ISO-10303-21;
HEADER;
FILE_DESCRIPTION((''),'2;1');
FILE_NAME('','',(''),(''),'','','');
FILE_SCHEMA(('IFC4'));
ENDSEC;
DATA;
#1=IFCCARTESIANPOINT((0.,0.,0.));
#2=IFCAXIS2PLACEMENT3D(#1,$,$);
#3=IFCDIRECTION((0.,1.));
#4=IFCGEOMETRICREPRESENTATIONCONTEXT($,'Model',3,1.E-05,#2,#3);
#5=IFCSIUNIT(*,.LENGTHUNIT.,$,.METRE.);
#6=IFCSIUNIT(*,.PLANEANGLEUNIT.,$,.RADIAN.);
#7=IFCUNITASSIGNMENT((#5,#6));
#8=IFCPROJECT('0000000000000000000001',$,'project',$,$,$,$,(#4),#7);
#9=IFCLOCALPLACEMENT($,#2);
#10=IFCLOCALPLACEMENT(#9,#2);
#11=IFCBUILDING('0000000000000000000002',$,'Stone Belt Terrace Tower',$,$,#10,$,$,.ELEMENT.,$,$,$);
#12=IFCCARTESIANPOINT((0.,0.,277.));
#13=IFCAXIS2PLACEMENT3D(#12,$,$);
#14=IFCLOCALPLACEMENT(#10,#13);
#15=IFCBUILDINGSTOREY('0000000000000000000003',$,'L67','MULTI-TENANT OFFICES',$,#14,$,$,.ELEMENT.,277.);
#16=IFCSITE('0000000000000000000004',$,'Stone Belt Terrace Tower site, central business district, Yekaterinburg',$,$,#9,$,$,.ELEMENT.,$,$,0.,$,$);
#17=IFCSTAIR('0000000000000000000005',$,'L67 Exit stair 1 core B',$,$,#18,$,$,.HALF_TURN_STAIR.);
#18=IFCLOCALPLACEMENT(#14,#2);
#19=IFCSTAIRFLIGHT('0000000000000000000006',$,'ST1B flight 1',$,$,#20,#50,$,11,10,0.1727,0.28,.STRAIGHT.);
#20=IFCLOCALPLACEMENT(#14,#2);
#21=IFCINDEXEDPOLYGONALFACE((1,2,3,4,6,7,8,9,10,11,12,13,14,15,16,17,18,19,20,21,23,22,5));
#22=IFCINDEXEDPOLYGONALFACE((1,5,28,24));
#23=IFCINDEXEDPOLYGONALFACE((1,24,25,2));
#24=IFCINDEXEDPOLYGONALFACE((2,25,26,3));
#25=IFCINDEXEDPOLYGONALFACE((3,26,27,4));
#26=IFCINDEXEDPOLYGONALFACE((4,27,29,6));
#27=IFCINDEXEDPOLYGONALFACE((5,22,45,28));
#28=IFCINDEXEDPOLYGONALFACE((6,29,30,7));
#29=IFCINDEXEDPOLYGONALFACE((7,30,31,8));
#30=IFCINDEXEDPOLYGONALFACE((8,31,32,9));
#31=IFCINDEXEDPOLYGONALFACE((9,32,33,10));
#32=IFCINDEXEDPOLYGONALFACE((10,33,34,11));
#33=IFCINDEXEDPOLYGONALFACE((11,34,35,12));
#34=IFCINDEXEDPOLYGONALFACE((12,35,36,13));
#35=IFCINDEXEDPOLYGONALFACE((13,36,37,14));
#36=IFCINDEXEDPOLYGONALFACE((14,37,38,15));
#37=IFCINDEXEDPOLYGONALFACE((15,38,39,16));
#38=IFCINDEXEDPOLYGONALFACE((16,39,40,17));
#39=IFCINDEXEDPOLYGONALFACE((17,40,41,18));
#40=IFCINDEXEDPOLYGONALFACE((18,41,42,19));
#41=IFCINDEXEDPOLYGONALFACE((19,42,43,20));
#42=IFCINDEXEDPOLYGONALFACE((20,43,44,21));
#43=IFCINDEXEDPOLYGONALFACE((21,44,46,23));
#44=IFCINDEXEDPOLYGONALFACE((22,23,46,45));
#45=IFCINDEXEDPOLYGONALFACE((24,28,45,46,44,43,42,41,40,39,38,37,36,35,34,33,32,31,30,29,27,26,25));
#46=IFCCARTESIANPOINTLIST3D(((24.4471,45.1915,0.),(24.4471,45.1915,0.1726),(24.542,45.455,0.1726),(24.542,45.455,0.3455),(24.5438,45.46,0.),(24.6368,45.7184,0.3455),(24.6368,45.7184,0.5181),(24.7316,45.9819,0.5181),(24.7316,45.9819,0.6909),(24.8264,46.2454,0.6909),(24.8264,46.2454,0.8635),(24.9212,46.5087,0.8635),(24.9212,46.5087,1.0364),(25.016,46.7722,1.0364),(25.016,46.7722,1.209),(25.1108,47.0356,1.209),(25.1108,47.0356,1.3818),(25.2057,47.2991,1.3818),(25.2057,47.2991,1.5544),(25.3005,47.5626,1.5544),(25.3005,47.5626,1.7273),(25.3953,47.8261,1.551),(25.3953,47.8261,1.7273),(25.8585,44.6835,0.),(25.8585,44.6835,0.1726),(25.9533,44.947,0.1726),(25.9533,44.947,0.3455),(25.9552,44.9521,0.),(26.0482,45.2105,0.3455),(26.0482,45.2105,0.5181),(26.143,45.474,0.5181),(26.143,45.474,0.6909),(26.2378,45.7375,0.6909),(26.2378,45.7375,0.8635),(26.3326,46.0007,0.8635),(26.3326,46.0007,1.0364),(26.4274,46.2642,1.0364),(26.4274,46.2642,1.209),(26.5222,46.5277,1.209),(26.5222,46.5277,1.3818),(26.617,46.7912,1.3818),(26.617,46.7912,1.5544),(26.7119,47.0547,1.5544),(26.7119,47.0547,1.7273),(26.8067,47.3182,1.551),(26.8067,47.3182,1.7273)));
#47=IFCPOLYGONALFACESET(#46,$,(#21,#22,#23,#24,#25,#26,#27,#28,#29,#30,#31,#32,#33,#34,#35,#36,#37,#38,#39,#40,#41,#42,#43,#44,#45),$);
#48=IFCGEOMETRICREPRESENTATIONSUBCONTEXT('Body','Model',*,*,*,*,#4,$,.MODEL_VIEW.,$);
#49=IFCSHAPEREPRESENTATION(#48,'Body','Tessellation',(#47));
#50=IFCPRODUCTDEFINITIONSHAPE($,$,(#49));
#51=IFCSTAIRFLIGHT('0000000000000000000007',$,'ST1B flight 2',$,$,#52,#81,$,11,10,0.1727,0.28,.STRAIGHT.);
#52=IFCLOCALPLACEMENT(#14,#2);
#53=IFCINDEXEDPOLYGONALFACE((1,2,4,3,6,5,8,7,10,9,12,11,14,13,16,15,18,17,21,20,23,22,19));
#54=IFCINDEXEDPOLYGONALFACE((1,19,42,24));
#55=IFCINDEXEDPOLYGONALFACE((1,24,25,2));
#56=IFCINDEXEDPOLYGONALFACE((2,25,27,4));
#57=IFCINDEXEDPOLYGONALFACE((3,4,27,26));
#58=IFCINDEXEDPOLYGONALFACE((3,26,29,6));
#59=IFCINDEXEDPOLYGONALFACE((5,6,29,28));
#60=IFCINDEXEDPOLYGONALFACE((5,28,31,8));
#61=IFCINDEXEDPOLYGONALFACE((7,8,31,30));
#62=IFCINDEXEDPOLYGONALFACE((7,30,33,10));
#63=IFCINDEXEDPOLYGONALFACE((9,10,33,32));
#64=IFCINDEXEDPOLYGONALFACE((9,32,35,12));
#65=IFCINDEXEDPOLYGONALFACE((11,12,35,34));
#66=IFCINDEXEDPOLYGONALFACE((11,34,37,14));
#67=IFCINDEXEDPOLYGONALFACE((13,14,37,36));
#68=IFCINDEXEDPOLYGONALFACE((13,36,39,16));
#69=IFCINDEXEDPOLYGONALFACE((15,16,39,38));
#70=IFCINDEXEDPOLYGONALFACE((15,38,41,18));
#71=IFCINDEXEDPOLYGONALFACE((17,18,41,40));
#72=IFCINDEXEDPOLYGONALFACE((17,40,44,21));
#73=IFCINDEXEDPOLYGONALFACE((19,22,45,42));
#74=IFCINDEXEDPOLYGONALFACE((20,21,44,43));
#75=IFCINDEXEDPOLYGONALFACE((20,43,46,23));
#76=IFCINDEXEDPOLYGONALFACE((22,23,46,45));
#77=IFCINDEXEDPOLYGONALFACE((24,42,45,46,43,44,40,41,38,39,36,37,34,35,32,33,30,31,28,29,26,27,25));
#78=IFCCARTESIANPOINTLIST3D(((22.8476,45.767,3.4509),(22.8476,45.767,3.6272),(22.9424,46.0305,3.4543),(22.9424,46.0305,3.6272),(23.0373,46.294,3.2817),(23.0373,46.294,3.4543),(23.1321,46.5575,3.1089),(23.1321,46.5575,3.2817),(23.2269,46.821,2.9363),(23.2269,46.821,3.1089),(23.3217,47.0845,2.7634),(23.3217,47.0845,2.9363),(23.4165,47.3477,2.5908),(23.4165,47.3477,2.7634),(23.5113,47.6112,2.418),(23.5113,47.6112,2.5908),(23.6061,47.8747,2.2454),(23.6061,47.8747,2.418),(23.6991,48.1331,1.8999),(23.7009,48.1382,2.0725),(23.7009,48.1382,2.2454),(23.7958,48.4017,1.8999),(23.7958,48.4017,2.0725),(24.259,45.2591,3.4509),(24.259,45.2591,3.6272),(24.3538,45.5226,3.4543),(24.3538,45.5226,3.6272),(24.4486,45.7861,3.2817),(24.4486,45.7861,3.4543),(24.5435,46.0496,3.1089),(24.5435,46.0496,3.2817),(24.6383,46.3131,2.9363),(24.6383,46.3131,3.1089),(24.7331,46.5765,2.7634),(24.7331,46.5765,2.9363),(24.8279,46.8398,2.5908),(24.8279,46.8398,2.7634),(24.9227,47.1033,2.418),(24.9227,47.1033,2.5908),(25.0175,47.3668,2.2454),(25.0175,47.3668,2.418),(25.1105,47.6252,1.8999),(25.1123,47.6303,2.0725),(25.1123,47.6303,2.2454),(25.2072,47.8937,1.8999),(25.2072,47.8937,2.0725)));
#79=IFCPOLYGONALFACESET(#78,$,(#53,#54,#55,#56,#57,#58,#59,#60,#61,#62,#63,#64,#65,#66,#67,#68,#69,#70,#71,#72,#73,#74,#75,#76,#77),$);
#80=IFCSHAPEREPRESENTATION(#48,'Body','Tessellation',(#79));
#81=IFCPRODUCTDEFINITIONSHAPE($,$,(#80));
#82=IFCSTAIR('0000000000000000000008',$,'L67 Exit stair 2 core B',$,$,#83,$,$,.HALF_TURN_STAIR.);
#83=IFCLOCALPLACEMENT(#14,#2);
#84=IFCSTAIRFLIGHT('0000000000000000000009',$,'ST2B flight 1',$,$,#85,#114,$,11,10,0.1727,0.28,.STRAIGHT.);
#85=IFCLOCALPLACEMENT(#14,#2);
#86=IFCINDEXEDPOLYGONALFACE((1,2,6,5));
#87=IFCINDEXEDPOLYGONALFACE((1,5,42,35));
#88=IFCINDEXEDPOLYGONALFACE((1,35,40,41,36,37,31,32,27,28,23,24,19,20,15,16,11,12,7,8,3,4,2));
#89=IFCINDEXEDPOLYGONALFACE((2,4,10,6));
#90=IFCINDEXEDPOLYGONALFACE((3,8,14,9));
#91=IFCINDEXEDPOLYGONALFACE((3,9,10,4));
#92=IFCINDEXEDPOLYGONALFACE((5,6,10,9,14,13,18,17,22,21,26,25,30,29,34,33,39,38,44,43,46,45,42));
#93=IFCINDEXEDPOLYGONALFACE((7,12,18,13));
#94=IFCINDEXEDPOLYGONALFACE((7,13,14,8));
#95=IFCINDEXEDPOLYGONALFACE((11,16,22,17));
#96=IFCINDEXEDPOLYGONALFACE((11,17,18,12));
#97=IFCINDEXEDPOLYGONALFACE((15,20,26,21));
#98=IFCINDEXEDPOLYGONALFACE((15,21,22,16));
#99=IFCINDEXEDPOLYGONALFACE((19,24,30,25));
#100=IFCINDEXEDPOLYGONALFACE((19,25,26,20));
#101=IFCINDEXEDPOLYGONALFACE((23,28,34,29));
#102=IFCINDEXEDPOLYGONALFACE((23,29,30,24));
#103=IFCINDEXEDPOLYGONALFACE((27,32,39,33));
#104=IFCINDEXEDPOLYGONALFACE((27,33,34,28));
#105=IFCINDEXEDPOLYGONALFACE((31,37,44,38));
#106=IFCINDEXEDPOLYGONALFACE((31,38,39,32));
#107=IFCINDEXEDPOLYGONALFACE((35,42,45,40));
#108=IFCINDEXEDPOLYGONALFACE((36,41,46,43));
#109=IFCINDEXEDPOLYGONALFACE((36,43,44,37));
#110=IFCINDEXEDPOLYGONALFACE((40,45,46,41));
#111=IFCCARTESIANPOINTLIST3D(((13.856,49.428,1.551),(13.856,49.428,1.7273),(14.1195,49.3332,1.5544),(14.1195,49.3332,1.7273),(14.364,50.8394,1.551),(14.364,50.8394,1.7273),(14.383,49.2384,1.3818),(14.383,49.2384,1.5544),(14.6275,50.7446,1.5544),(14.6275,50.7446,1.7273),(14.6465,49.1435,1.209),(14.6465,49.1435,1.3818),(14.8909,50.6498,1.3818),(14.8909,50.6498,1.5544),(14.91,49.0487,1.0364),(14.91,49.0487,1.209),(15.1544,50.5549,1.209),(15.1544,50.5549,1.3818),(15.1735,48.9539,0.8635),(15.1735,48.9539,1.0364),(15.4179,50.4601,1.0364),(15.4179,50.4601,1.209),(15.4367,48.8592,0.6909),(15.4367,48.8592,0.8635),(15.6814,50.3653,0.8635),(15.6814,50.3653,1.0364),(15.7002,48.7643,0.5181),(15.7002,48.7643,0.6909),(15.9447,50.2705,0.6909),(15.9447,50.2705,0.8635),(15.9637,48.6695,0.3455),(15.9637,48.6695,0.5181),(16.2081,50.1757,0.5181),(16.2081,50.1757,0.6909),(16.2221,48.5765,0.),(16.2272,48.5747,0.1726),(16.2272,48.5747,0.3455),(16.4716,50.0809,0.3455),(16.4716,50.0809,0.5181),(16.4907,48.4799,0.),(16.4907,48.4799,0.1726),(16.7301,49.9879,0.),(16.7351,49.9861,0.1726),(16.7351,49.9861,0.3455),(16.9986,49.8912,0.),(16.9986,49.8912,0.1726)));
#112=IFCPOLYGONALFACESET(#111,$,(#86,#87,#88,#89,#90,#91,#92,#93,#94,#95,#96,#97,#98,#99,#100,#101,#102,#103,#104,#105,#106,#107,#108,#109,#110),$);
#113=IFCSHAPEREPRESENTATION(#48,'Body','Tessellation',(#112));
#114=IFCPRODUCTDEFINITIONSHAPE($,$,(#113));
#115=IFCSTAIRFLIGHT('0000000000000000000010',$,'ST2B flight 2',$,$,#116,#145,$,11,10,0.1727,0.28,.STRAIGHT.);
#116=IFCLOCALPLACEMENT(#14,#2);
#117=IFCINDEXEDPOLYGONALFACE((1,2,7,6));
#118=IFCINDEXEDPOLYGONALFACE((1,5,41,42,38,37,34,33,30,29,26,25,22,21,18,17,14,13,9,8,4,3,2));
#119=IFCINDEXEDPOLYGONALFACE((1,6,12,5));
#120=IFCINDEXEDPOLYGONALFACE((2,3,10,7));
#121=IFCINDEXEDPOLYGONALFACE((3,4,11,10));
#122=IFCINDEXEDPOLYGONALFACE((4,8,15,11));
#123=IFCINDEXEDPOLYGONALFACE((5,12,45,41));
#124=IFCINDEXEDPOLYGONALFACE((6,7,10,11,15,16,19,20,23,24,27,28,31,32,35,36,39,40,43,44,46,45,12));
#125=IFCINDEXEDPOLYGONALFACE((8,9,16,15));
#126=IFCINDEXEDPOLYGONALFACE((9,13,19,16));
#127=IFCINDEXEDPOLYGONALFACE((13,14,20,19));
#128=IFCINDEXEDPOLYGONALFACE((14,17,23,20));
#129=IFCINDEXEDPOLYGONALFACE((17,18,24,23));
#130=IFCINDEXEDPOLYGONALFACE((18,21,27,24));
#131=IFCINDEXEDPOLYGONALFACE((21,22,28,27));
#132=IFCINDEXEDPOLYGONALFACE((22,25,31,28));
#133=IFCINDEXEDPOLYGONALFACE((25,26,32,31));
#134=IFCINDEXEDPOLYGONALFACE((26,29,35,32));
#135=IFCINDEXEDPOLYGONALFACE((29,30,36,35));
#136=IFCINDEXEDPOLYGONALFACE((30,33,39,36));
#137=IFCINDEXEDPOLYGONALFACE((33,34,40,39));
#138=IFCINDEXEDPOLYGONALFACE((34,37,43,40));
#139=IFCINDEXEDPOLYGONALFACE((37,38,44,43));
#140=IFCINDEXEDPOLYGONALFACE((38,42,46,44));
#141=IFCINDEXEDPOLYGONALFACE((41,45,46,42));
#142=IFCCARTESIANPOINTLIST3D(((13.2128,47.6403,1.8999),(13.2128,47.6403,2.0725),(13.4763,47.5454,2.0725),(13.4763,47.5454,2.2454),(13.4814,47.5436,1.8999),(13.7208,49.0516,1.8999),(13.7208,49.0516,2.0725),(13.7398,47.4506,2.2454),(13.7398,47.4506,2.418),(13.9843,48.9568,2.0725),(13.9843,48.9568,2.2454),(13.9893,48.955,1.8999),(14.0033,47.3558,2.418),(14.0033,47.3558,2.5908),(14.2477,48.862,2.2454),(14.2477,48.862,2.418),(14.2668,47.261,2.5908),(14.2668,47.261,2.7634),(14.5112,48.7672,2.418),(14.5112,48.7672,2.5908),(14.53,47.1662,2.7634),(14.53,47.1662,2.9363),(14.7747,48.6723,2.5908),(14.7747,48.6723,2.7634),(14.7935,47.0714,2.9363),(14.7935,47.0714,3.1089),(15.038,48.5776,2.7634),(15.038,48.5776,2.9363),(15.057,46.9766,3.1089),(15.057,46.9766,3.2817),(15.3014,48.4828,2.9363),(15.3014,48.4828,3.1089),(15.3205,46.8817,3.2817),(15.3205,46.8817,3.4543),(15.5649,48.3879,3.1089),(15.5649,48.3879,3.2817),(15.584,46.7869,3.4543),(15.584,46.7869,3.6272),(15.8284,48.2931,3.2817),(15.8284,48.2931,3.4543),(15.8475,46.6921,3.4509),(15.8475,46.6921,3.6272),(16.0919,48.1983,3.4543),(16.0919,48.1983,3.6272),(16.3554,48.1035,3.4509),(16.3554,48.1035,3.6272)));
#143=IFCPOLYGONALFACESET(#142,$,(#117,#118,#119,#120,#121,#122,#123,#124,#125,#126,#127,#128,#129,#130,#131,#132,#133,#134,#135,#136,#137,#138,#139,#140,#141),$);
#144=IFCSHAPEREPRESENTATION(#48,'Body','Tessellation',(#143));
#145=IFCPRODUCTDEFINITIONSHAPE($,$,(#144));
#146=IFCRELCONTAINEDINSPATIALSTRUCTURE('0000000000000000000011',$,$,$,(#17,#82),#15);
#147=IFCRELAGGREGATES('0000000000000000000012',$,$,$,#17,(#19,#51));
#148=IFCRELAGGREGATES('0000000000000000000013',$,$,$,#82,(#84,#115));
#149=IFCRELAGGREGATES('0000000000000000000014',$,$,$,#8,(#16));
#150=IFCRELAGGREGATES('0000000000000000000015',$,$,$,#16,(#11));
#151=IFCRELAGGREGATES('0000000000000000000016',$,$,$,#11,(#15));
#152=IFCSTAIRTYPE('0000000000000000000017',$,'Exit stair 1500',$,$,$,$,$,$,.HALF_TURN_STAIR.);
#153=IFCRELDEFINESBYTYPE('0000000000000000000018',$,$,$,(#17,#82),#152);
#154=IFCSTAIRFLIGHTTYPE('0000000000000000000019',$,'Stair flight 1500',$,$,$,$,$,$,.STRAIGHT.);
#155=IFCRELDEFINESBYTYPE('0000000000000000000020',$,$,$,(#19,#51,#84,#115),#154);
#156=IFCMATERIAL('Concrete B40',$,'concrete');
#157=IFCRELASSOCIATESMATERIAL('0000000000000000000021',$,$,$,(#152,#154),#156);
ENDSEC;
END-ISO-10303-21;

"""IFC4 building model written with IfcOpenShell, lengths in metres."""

from ifc_helpers import new_model, si_unit, direction, frame, origin, place, context, subcontext, project, spatial, polyline, outline, extrude, material, type_object, element, aggregate, save


model = new_model("IFC4")

# Units and contexts
model_context = context("Model", 3, precision=1e-05, world=origin(), true_north=direction((0.0, 1.0)))
body_context = subcontext(model_context, "Body", "Model", "MODEL_VIEW")
ifc_project = project(units=[si_unit("LENGTHUNIT", "METRE"), si_unit("PLANEANGLEUNIT", "RADIAN")], contexts=[model_context])

# Site, building, storey
site_placement = place(None, origin())
site = spatial("IfcSite", under=ifc_project, at=site_placement, Name="Stone Belt Terrace Tower site, central business district, Yekaterinburg", CompositionType="ELEMENT", RefElevation=0.0)
building_placement = place(site_placement, origin())
building = spatial("IfcBuilding", under=site, at=building_placement, Name="Stone Belt Terrace Tower", CompositionType="ELEMENT")
storey_placement = place(building_placement, frame((0.0, 0.0, 277.0)))
storey = spatial("IfcBuildingStorey", under=building, at=storey_placement, Name="L67", Description="MULTI-TENANT OFFICES", CompositionType="ELEMENT", Elevation=277.0)

# Stairs, stair flights
ifc_material_1 = material(Name="Concrete B40", Category="concrete")
stair_type = type_object("IfcStairType", Name="Exit stair 1500", PredefinedType="HALF_TURN_STAIR", material=ifc_material_1)
stair_1_placement = place(storey_placement, origin())
stair_1 = element("IfcStair", 1, at=stair_1_placement, inside=storey, type_object=stair_type, Name="L67 Exit stair 1 core B", PredefinedType="HALF_TURN_STAIR")
stair_flight_type = type_object("IfcStairFlightType", Name="Stair flight 1500", PredefinedType="STRAIGHT", material=ifc_material_1)
stair_flight_1_placement = place(storey_placement, frame((25.1528, 44.9375, 0.0), z_axis=(0.0, 0.0, 1.0), x_axis=(0.338624, 0.940922, 0.0)))
stair_flight_1 = element("IfcStairFlight", 2, at=stair_flight_1_placement, type_object=stair_flight_type, Name="ST1B flight 1", NumberOfRisers=11, NumberOfTreads=10, PredefinedType="STRAIGHT", RiserHeight=0.1727, TreadLength=0.28, context=body_context, shape_type="SweptSolid", body=[
    extrude(outline(polyline([(0.0, 0.0), (0.0, 0.1726), (0.28, 0.1726), (0.28, 0.3455), (0.5601, 0.3455), (0.5601, 0.5181), (0.8401, 0.5181), (0.8401, 0.6909), (1.1201, 0.6909), (1.1201, 0.8635), (1.3999, 0.8635), (1.3999, 1.0364), (1.6799, 1.0364), (1.6799, 1.209), (1.96, 1.209), (1.96, 1.3818), (2.24, 1.3818), (2.24, 1.5544), (2.52, 1.5544), (2.52, 1.7273), (2.8, 1.7273), (2.8, 1.8999), (2.8, 1.551), (0.2854, 0.0), (0.0, 0.0)])), frame((0.0, 0.75, 0.0), z_axis=(0.0, -1.0, 0.0), x_axis=(1.0, 0.0, 0.0)), (0.0, 0.0, 1.0), 1.5),
])
stair_flight_2_placement = place(storey_placement, frame((24.5015, 48.1477, 1.8999), z_axis=(0.0, 0.0, 1.0), x_axis=(-0.338624, -0.940922, 0.0)))
stair_flight_2 = element("IfcStairFlight", 3, at=stair_flight_2_placement, type_object=stair_flight_type, Name="ST1B flight 2", NumberOfRisers=11, NumberOfTreads=10, PredefinedType="STRAIGHT", RiserHeight=0.1727, TreadLength=0.28, context=body_context, shape_type="SweptSolid", body=[
    extrude(outline(polyline([(0.0, 0.0), (0.0, 0.1726), (0.28, 0.1726), (0.28, 0.3455), (0.5601, 0.3455), (0.5601, 0.5181), (0.8401, 0.5181), (0.8401, 0.6909), (1.1201, 0.6909), (1.1201, 0.8635), (1.3999, 0.8635), (1.3999, 1.0364), (1.6799, 1.0364), (1.6799, 1.209), (1.96, 1.209), (1.96, 1.3818), (2.24, 1.3818), (2.24, 1.5544), (2.52, 1.5544), (2.52, 1.7273), (2.8, 1.7273), (2.8, 1.8999), (2.8, 1.551), (0.2854, 0.0), (0.0, 0.0)])), frame((0.0, 0.75, 0.0), z_axis=(0.0, -1.0, 0.0), x_axis=(1.0, 0.0, 0.0)), (0.0, 0.0, 1.0), 1.5),
])
aggregate(stair_1, [stair_flight_1, stair_flight_2])
stair_2_placement = place(storey_placement, origin())
stair_2 = element("IfcStair", 4, at=stair_2_placement, inside=storey, type_object=stair_type, Name="L67 Exit stair 2 core B", PredefinedType="HALF_TURN_STAIR")
stair_flight_3_placement = place(storey_placement, frame((16.7446, 49.1855, 0.0), z_axis=(0.0, 0.0, 1.0), x_axis=(-0.940922, 0.338624, 0.0)))
stair_flight_3 = element("IfcStairFlight", 5, at=stair_flight_3_placement, type_object=stair_flight_type, Name="ST2B flight 1", NumberOfRisers=11, NumberOfTreads=10, PredefinedType="STRAIGHT", RiserHeight=0.1727, TreadLength=0.28, context=body_context, shape_type="SweptSolid", body=[
    extrude(outline(polyline([(0.0, 0.0), (0.0, 0.1726), (0.28, 0.1726), (0.28, 0.3455), (0.5601, 0.3455), (0.5601, 0.5181), (0.8401, 0.5181), (0.8401, 0.6909), (1.1201, 0.6909), (1.1201, 0.8635), (1.3999, 0.8635), (1.3999, 1.0364), (1.6799, 1.0364), (1.6799, 1.209), (1.96, 1.209), (1.96, 1.3818), (2.24, 1.3818), (2.24, 1.5544), (2.52, 1.5544), (2.52, 1.7273), (2.8, 1.7273), (2.8, 1.8999), (2.8, 1.551), (0.2854, 0.0), (0.0, 0.0)])), frame((0.0, 0.75, 0.0), z_axis=(0.0, -1.0, 0.0), x_axis=(1.0, 0.0, 0.0)), (0.0, 0.0, 1.0), 1.5),
])
stair_flight_4_placement = place(storey_placement, frame((13.4668, 48.3459, 1.8999), z_axis=(0.0, 0.0, 1.0), x_axis=(0.940922, -0.338624, 0.0)))
stair_flight_4 = element("IfcStairFlight", 6, at=stair_flight_4_placement, type_object=stair_flight_type, Name="ST2B flight 2", NumberOfRisers=11, NumberOfTreads=10, PredefinedType="STRAIGHT", RiserHeight=0.1727, TreadLength=0.28, context=body_context, shape_type="SweptSolid", body=[
    extrude(outline(polyline([(0.0, 0.0), (0.0, 0.1726), (0.28, 0.1726), (0.28, 0.3455), (0.5601, 0.3455), (0.5601, 0.5181), (0.8401, 0.5181), (0.8401, 0.6909), (1.1201, 0.6909), (1.1201, 0.8635), (1.3999, 0.8635), (1.3999, 1.0364), (1.6799, 1.0364), (1.6799, 1.209), (1.96, 1.209), (1.96, 1.3818), (2.24, 1.3818), (2.24, 1.5544), (2.52, 1.5544), (2.52, 1.7273), (2.8, 1.7273), (2.8, 1.8999), (2.8, 1.551), (0.2854, 0.0), (0.0, 0.0)])), frame((0.0, 0.75, 0.0), z_axis=(0.0, -1.0, 0.0), x_axis=(1.0, 0.0, 0.0)), (0.0, 0.0, 1.0), 1.5),
])
aggregate(stair_2, [stair_flight_3, stair_flight_4])

save(model, "model.ifc")
